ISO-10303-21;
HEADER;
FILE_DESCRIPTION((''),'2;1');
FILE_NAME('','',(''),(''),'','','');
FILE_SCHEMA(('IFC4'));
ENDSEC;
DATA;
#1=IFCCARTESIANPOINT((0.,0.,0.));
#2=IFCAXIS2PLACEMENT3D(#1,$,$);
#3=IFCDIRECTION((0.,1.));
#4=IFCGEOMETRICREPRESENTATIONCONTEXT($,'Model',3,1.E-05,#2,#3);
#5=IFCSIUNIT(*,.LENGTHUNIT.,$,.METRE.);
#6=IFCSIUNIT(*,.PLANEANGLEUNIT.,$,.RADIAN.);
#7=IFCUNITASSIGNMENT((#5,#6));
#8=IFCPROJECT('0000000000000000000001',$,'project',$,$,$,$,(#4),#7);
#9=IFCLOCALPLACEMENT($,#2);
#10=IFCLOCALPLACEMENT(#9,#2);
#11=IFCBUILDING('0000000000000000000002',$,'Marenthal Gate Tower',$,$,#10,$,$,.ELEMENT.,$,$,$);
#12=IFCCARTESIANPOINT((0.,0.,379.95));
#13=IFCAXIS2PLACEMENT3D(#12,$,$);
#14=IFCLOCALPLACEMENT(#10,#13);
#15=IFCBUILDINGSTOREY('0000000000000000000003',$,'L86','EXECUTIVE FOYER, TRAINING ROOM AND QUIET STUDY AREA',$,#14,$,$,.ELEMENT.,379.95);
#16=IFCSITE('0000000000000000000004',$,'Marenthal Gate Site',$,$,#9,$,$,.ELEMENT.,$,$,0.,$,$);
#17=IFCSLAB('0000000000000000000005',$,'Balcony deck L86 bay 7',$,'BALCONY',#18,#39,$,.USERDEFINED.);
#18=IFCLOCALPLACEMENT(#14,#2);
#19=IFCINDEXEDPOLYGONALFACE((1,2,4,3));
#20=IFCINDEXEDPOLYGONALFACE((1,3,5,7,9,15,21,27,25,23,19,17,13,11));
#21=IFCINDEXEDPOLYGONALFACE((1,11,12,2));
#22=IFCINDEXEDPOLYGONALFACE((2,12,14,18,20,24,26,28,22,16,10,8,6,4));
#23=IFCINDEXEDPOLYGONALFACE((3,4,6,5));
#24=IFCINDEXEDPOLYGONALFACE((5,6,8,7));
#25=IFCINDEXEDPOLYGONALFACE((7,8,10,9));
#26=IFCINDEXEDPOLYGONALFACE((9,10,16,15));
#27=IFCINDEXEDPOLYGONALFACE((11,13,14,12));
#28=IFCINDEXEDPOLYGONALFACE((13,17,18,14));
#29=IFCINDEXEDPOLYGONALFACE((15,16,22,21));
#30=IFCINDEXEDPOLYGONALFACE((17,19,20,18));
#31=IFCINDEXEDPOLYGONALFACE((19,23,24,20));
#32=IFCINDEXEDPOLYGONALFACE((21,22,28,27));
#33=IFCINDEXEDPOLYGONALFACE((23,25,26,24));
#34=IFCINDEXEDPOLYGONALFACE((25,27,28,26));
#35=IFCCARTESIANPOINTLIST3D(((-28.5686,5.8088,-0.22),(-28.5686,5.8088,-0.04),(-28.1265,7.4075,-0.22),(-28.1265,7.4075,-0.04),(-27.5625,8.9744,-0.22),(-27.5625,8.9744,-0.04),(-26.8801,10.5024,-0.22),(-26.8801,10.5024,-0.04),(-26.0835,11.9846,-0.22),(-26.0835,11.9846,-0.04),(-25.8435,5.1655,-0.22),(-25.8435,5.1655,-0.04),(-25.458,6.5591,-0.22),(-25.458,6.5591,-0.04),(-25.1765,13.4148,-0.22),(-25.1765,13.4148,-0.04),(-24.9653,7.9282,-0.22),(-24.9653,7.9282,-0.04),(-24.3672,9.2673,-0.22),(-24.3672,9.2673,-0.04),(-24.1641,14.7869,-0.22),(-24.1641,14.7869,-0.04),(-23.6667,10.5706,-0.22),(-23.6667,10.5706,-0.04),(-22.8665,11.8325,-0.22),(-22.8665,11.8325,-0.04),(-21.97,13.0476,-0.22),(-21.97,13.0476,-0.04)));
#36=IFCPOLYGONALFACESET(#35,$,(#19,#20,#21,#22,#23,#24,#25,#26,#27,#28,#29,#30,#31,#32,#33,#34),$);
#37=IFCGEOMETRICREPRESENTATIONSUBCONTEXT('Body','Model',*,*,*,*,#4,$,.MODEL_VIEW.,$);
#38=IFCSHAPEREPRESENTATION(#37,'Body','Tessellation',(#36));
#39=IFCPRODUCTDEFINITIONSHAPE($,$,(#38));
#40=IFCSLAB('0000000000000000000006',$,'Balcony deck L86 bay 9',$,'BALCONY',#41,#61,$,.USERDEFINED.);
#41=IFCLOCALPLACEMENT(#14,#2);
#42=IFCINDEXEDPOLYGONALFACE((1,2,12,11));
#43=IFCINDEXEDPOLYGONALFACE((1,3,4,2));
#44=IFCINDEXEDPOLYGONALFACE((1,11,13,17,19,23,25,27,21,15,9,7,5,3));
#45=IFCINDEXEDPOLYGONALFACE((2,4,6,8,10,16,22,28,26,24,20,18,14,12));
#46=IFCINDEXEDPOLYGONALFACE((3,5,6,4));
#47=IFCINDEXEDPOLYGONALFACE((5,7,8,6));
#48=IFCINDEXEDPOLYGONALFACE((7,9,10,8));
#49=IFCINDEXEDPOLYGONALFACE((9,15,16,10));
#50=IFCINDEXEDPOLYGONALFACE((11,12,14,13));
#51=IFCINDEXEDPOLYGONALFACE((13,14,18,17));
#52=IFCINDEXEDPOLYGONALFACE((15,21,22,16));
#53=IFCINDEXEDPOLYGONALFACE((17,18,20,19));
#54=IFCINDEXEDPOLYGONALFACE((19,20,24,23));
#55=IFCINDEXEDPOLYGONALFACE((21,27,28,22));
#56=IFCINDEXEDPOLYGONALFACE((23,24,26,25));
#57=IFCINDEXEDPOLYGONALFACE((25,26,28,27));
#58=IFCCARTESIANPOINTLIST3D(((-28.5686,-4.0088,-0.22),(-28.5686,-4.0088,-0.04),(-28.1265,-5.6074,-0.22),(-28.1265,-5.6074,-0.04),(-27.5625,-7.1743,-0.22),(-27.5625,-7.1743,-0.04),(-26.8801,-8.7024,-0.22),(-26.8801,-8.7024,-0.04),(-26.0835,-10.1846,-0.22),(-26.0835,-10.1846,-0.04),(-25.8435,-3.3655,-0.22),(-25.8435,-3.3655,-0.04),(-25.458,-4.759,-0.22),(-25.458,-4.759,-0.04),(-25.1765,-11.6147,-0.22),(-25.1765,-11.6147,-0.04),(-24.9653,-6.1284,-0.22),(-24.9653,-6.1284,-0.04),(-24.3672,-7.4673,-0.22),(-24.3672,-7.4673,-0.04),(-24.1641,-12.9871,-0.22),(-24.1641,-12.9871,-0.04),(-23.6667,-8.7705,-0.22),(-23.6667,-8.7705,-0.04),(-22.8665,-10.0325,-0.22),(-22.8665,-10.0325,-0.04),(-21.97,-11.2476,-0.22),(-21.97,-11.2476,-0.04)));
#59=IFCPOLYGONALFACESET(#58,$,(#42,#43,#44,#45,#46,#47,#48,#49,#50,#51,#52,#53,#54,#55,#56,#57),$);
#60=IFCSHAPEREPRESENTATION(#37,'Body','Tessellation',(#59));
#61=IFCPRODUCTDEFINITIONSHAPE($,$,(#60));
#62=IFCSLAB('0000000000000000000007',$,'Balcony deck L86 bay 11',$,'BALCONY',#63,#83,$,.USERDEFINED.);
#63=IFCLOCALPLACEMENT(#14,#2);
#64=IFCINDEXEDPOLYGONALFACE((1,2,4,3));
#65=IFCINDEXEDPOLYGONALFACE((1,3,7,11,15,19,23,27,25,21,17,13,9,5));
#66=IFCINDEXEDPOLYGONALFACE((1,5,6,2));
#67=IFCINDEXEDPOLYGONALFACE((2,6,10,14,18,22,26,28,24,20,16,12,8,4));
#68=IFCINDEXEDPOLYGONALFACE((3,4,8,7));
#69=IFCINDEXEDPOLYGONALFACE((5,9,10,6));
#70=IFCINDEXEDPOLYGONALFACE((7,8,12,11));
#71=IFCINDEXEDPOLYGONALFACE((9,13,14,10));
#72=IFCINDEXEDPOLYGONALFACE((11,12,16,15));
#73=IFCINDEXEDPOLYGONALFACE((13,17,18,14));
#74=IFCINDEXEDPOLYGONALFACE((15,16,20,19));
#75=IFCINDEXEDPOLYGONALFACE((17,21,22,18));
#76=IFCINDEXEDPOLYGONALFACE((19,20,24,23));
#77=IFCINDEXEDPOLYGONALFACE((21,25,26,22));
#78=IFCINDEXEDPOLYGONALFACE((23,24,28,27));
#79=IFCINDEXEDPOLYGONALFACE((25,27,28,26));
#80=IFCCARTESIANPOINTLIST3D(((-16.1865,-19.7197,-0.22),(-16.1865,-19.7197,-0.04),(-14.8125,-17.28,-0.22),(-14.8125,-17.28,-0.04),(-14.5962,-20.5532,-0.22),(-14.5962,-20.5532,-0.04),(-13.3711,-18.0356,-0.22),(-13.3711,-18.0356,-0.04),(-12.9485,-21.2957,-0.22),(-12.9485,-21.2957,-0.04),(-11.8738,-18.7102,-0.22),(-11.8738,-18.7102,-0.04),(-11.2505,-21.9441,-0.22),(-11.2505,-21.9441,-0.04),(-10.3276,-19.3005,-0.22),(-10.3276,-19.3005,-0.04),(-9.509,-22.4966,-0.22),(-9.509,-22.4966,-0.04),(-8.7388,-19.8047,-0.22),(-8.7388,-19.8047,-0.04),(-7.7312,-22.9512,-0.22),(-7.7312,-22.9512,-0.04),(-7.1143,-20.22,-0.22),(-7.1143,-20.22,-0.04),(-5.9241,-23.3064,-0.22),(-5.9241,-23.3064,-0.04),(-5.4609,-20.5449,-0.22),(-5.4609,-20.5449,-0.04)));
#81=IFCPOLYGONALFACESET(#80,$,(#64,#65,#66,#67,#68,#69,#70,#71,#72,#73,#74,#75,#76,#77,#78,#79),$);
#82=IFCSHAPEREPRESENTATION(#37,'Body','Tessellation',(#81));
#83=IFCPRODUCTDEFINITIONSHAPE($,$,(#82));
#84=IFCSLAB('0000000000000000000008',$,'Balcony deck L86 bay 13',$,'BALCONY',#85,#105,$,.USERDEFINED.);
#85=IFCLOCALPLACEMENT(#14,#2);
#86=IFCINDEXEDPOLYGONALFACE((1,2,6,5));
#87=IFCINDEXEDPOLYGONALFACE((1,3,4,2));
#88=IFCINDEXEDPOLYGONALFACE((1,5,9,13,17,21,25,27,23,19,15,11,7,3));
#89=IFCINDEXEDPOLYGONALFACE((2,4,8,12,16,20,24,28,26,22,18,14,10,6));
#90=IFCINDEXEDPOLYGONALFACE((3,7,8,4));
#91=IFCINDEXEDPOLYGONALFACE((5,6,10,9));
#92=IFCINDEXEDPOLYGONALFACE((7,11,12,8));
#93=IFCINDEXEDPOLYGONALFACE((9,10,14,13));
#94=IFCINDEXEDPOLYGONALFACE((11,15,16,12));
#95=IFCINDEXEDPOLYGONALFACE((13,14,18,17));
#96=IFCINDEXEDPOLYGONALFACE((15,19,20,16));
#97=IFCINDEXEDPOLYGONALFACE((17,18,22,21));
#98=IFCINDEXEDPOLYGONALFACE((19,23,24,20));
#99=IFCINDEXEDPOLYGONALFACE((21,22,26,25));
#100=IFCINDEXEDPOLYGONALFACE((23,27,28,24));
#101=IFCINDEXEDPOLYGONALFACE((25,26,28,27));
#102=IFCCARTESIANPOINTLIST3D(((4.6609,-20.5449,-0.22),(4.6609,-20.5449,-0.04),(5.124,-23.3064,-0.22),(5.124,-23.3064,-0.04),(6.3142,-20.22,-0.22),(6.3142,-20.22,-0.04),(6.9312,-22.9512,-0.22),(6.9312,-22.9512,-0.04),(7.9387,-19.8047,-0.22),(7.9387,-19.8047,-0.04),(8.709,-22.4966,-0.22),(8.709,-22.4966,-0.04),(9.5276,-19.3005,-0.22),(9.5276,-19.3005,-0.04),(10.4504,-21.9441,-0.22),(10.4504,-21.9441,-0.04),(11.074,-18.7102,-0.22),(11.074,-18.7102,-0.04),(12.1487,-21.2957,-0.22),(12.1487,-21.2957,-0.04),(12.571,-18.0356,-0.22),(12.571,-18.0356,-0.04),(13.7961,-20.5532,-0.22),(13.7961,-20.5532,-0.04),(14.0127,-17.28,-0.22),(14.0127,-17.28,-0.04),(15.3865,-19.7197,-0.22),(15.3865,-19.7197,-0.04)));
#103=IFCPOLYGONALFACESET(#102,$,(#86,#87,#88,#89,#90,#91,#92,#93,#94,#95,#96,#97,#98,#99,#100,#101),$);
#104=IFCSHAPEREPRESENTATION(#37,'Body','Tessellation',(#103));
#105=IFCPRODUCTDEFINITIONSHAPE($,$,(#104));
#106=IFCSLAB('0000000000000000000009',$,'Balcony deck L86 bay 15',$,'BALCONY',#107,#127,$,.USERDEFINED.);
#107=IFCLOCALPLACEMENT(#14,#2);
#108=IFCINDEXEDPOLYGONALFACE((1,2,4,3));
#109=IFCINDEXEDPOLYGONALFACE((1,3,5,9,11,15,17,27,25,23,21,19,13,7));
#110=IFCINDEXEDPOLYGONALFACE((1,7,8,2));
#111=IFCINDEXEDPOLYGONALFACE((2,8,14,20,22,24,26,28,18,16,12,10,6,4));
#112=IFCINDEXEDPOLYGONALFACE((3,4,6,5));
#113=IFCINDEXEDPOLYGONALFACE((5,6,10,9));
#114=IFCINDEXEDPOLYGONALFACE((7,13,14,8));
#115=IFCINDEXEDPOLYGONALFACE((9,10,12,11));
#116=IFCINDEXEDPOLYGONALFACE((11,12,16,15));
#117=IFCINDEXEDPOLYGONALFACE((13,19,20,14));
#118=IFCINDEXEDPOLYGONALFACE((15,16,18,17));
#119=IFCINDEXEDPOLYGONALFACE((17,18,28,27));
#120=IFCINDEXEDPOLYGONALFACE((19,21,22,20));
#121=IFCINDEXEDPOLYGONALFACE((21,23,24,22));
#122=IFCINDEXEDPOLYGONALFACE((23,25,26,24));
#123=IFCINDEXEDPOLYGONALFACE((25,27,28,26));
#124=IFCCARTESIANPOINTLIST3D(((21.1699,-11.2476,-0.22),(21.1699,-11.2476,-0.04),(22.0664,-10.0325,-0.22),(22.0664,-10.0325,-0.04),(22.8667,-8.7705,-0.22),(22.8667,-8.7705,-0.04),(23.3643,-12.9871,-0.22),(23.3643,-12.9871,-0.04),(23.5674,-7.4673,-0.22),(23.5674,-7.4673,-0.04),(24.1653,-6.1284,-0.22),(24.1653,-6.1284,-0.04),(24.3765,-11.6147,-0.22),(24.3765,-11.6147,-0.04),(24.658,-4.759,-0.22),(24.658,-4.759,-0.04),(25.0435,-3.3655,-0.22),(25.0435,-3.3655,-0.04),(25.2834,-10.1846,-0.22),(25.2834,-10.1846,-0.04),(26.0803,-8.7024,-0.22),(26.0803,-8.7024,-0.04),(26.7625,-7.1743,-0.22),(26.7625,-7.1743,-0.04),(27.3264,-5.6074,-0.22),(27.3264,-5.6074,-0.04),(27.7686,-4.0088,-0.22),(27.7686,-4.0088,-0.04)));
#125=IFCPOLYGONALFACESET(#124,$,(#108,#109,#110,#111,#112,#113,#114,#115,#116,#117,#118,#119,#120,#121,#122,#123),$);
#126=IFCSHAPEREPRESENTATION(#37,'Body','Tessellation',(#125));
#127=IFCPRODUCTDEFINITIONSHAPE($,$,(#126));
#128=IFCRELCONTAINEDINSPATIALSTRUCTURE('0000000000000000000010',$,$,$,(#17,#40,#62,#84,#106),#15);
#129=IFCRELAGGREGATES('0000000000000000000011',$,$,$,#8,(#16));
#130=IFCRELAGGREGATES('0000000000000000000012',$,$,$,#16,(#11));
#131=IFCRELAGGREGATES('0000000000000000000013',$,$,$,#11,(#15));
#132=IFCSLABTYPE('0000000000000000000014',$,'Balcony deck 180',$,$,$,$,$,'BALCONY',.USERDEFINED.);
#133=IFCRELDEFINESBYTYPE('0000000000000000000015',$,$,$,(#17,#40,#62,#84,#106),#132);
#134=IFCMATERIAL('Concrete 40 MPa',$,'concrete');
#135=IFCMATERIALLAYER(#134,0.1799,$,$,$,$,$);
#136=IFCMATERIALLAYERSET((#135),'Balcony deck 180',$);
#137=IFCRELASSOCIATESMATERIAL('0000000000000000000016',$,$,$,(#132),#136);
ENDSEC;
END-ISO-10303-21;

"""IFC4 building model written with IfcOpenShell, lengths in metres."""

from ifc_helpers import new_model, si_unit, direction, frame, origin, place, context, subcontext, project, spatial, polyline, outline, extrude, material, layer, layer_set, type_object, element, save


model = new_model("IFC4")

# Units and contexts
model_context = context("Model", 3, precision=1e-05, world=origin(), true_north=direction((0.0, 1.0)))
body_context = subcontext(model_context, "Body", "Model", "MODEL_VIEW")
ifc_project = project(units=[si_unit("LENGTHUNIT", "METRE"), si_unit("PLANEANGLEUNIT", "RADIAN")], contexts=[model_context])

# Site, building, storey
site_placement = place(None, origin())
site = spatial("IfcSite", under=ifc_project, at=site_placement, Name="Marenthal Gate Site", CompositionType="ELEMENT", RefElevation=0.0)
building_placement = place(site_placement, origin())
building = spatial("IfcBuilding", under=site, at=building_placement, Name="Marenthal Gate Tower", CompositionType="ELEMENT")
storey_placement = place(building_placement, frame((0.0, 0.0, 379.95)))
storey = spatial("IfcBuildingStorey", under=building, at=storey_placement, Name="L86", Description="EXECUTIVE FOYER, TRAINING ROOM AND QUIET STUDY AREA", CompositionType="ELEMENT", Elevation=379.95)

# Slabs
ifc_material_1 = material(Name="Concrete 40 MPa", Category="concrete")
ifc_layer_1 = layer(ifc_material_1, 0.1799)
ifc_layer_set_1 = layer_set([ifc_layer_1], Name="Balcony deck 180")
slab_type_1 = type_object("IfcSlabType", Name="Balcony deck 180", ElementType="BALCONY", PredefinedType="USERDEFINED", material=ifc_layer_set_1)
slab_1_placement = place(storey_placement, frame((0.0, 0.0, -0.22)))
element("IfcSlab", 1, at=slab_1_placement, inside=storey, type_object=slab_type_1, Name="Balcony deck L86 bay 7", ObjectType="BALCONY", PredefinedType="USERDEFINED", context=body_context, shape_type="SweptSolid", body=[
    extrude(outline(polyline([(-21.97, 13.0476), (-22.8665, 11.8325), (-23.6667, 10.5706), (-24.3672, 9.2673), (-24.9653, 7.9282), (-25.458, 6.5591), (-25.8435, 5.1655), (-28.5686, 5.8088), (-28.1265, 7.4075), (-27.5625, 8.9744), (-26.8801, 10.5024), (-26.0835, 11.9846), (-25.1765, 13.4148), (-24.1641, 14.7869), (-21.97, 13.0476)])), origin(), (0.0, 0.0, 1.0), 0.1799),
])
slab_2_placement = place(storey_placement, frame((0.0, 0.0, -0.22)))
element("IfcSlab", 2, at=slab_2_placement, inside=storey, type_object=slab_type_1, Name="Balcony deck L86 bay 9", ObjectType="BALCONY", PredefinedType="USERDEFINED", context=body_context, shape_type="SweptSolid", body=[
    extrude(outline(polyline([(-25.8435, -3.3655), (-25.458, -4.759), (-24.9653, -6.1284), (-24.3672, -7.4673), (-23.6667, -8.7705), (-22.8665, -10.0325), (-21.97, -11.2476), (-24.1641, -12.9871), (-25.1765, -11.6147), (-26.0835, -10.1846), (-26.8801, -8.7024), (-27.5625, -7.1743), (-28.1265, -5.6074), (-28.5686, -4.0088), (-25.8435, -3.3655)])), origin(), (0.0, 0.0, 1.0), 0.1799),
])
slab_3_placement = place(storey_placement, frame((0.0, 0.0, -0.22)))
element("IfcSlab", 3, at=slab_3_placement, inside=storey, type_object=slab_type_1, Name="Balcony deck L86 bay 11", ObjectType="BALCONY", PredefinedType="USERDEFINED", context=body_context, shape_type="SweptSolid", body=[
    extrude(outline(polyline([(-14.8125, -17.28), (-13.3711, -18.0356), (-11.8738, -18.7102), (-10.3276, -19.3005), (-8.7388, -19.8047), (-7.1143, -20.22), (-5.4609, -20.5449), (-5.9241, -23.3064), (-7.7312, -22.9512), (-9.509, -22.4966), (-11.2505, -21.9441), (-12.9485, -21.2957), (-14.5962, -20.5532), (-16.1865, -19.7197), (-14.8125, -17.28)])), origin(), (0.0, 0.0, 1.0), 0.1799),
])
slab_4_placement = place(storey_placement, frame((0.0, 0.0, -0.22)))
element("IfcSlab", 4, at=slab_4_placement, inside=storey, type_object=slab_type_1, Name="Balcony deck L86 bay 13", ObjectType="BALCONY", PredefinedType="USERDEFINED", context=body_context, shape_type="SweptSolid", body=[
    extrude(outline(polyline([(4.6609, -20.5449), (6.3142, -20.22), (7.9387, -19.8047), (9.5276, -19.3005), (11.074, -18.7102), (12.571, -18.0356), (14.0127, -17.28), (15.3865, -19.7197), (13.7961, -20.5532), (12.1487, -21.2957), (10.4504, -21.9441), (8.709, -22.4966), (6.9312, -22.9512), (5.124, -23.3064), (4.6609, -20.5449)])), origin(), (0.0, 0.0, 1.0), 0.1799),
])
slab_5_placement = place(storey_placement, frame((0.0, 0.0, -0.22)))
element("IfcSlab", 5, at=slab_5_placement, inside=storey, type_object=slab_type_1, Name="Balcony deck L86 bay 15", ObjectType="BALCONY", PredefinedType="USERDEFINED", context=body_context, shape_type="SweptSolid", body=[
    extrude(outline(polyline([(21.1699, -11.2476), (22.0664, -10.0325), (22.8667, -8.7705), (23.5674, -7.4673), (24.1653, -6.1284), (24.658, -4.759), (25.0435, -3.3655), (27.7686, -4.0088), (27.3264, -5.6074), (26.7625, -7.1743), (26.0803, -8.7024), (25.2834, -10.1846), (24.3765, -11.6147), (23.3643, -12.9871), (21.1699, -11.2476)])), origin(), (0.0, 0.0, 1.0), 0.1799),
])

save(model, "model.ifc")
